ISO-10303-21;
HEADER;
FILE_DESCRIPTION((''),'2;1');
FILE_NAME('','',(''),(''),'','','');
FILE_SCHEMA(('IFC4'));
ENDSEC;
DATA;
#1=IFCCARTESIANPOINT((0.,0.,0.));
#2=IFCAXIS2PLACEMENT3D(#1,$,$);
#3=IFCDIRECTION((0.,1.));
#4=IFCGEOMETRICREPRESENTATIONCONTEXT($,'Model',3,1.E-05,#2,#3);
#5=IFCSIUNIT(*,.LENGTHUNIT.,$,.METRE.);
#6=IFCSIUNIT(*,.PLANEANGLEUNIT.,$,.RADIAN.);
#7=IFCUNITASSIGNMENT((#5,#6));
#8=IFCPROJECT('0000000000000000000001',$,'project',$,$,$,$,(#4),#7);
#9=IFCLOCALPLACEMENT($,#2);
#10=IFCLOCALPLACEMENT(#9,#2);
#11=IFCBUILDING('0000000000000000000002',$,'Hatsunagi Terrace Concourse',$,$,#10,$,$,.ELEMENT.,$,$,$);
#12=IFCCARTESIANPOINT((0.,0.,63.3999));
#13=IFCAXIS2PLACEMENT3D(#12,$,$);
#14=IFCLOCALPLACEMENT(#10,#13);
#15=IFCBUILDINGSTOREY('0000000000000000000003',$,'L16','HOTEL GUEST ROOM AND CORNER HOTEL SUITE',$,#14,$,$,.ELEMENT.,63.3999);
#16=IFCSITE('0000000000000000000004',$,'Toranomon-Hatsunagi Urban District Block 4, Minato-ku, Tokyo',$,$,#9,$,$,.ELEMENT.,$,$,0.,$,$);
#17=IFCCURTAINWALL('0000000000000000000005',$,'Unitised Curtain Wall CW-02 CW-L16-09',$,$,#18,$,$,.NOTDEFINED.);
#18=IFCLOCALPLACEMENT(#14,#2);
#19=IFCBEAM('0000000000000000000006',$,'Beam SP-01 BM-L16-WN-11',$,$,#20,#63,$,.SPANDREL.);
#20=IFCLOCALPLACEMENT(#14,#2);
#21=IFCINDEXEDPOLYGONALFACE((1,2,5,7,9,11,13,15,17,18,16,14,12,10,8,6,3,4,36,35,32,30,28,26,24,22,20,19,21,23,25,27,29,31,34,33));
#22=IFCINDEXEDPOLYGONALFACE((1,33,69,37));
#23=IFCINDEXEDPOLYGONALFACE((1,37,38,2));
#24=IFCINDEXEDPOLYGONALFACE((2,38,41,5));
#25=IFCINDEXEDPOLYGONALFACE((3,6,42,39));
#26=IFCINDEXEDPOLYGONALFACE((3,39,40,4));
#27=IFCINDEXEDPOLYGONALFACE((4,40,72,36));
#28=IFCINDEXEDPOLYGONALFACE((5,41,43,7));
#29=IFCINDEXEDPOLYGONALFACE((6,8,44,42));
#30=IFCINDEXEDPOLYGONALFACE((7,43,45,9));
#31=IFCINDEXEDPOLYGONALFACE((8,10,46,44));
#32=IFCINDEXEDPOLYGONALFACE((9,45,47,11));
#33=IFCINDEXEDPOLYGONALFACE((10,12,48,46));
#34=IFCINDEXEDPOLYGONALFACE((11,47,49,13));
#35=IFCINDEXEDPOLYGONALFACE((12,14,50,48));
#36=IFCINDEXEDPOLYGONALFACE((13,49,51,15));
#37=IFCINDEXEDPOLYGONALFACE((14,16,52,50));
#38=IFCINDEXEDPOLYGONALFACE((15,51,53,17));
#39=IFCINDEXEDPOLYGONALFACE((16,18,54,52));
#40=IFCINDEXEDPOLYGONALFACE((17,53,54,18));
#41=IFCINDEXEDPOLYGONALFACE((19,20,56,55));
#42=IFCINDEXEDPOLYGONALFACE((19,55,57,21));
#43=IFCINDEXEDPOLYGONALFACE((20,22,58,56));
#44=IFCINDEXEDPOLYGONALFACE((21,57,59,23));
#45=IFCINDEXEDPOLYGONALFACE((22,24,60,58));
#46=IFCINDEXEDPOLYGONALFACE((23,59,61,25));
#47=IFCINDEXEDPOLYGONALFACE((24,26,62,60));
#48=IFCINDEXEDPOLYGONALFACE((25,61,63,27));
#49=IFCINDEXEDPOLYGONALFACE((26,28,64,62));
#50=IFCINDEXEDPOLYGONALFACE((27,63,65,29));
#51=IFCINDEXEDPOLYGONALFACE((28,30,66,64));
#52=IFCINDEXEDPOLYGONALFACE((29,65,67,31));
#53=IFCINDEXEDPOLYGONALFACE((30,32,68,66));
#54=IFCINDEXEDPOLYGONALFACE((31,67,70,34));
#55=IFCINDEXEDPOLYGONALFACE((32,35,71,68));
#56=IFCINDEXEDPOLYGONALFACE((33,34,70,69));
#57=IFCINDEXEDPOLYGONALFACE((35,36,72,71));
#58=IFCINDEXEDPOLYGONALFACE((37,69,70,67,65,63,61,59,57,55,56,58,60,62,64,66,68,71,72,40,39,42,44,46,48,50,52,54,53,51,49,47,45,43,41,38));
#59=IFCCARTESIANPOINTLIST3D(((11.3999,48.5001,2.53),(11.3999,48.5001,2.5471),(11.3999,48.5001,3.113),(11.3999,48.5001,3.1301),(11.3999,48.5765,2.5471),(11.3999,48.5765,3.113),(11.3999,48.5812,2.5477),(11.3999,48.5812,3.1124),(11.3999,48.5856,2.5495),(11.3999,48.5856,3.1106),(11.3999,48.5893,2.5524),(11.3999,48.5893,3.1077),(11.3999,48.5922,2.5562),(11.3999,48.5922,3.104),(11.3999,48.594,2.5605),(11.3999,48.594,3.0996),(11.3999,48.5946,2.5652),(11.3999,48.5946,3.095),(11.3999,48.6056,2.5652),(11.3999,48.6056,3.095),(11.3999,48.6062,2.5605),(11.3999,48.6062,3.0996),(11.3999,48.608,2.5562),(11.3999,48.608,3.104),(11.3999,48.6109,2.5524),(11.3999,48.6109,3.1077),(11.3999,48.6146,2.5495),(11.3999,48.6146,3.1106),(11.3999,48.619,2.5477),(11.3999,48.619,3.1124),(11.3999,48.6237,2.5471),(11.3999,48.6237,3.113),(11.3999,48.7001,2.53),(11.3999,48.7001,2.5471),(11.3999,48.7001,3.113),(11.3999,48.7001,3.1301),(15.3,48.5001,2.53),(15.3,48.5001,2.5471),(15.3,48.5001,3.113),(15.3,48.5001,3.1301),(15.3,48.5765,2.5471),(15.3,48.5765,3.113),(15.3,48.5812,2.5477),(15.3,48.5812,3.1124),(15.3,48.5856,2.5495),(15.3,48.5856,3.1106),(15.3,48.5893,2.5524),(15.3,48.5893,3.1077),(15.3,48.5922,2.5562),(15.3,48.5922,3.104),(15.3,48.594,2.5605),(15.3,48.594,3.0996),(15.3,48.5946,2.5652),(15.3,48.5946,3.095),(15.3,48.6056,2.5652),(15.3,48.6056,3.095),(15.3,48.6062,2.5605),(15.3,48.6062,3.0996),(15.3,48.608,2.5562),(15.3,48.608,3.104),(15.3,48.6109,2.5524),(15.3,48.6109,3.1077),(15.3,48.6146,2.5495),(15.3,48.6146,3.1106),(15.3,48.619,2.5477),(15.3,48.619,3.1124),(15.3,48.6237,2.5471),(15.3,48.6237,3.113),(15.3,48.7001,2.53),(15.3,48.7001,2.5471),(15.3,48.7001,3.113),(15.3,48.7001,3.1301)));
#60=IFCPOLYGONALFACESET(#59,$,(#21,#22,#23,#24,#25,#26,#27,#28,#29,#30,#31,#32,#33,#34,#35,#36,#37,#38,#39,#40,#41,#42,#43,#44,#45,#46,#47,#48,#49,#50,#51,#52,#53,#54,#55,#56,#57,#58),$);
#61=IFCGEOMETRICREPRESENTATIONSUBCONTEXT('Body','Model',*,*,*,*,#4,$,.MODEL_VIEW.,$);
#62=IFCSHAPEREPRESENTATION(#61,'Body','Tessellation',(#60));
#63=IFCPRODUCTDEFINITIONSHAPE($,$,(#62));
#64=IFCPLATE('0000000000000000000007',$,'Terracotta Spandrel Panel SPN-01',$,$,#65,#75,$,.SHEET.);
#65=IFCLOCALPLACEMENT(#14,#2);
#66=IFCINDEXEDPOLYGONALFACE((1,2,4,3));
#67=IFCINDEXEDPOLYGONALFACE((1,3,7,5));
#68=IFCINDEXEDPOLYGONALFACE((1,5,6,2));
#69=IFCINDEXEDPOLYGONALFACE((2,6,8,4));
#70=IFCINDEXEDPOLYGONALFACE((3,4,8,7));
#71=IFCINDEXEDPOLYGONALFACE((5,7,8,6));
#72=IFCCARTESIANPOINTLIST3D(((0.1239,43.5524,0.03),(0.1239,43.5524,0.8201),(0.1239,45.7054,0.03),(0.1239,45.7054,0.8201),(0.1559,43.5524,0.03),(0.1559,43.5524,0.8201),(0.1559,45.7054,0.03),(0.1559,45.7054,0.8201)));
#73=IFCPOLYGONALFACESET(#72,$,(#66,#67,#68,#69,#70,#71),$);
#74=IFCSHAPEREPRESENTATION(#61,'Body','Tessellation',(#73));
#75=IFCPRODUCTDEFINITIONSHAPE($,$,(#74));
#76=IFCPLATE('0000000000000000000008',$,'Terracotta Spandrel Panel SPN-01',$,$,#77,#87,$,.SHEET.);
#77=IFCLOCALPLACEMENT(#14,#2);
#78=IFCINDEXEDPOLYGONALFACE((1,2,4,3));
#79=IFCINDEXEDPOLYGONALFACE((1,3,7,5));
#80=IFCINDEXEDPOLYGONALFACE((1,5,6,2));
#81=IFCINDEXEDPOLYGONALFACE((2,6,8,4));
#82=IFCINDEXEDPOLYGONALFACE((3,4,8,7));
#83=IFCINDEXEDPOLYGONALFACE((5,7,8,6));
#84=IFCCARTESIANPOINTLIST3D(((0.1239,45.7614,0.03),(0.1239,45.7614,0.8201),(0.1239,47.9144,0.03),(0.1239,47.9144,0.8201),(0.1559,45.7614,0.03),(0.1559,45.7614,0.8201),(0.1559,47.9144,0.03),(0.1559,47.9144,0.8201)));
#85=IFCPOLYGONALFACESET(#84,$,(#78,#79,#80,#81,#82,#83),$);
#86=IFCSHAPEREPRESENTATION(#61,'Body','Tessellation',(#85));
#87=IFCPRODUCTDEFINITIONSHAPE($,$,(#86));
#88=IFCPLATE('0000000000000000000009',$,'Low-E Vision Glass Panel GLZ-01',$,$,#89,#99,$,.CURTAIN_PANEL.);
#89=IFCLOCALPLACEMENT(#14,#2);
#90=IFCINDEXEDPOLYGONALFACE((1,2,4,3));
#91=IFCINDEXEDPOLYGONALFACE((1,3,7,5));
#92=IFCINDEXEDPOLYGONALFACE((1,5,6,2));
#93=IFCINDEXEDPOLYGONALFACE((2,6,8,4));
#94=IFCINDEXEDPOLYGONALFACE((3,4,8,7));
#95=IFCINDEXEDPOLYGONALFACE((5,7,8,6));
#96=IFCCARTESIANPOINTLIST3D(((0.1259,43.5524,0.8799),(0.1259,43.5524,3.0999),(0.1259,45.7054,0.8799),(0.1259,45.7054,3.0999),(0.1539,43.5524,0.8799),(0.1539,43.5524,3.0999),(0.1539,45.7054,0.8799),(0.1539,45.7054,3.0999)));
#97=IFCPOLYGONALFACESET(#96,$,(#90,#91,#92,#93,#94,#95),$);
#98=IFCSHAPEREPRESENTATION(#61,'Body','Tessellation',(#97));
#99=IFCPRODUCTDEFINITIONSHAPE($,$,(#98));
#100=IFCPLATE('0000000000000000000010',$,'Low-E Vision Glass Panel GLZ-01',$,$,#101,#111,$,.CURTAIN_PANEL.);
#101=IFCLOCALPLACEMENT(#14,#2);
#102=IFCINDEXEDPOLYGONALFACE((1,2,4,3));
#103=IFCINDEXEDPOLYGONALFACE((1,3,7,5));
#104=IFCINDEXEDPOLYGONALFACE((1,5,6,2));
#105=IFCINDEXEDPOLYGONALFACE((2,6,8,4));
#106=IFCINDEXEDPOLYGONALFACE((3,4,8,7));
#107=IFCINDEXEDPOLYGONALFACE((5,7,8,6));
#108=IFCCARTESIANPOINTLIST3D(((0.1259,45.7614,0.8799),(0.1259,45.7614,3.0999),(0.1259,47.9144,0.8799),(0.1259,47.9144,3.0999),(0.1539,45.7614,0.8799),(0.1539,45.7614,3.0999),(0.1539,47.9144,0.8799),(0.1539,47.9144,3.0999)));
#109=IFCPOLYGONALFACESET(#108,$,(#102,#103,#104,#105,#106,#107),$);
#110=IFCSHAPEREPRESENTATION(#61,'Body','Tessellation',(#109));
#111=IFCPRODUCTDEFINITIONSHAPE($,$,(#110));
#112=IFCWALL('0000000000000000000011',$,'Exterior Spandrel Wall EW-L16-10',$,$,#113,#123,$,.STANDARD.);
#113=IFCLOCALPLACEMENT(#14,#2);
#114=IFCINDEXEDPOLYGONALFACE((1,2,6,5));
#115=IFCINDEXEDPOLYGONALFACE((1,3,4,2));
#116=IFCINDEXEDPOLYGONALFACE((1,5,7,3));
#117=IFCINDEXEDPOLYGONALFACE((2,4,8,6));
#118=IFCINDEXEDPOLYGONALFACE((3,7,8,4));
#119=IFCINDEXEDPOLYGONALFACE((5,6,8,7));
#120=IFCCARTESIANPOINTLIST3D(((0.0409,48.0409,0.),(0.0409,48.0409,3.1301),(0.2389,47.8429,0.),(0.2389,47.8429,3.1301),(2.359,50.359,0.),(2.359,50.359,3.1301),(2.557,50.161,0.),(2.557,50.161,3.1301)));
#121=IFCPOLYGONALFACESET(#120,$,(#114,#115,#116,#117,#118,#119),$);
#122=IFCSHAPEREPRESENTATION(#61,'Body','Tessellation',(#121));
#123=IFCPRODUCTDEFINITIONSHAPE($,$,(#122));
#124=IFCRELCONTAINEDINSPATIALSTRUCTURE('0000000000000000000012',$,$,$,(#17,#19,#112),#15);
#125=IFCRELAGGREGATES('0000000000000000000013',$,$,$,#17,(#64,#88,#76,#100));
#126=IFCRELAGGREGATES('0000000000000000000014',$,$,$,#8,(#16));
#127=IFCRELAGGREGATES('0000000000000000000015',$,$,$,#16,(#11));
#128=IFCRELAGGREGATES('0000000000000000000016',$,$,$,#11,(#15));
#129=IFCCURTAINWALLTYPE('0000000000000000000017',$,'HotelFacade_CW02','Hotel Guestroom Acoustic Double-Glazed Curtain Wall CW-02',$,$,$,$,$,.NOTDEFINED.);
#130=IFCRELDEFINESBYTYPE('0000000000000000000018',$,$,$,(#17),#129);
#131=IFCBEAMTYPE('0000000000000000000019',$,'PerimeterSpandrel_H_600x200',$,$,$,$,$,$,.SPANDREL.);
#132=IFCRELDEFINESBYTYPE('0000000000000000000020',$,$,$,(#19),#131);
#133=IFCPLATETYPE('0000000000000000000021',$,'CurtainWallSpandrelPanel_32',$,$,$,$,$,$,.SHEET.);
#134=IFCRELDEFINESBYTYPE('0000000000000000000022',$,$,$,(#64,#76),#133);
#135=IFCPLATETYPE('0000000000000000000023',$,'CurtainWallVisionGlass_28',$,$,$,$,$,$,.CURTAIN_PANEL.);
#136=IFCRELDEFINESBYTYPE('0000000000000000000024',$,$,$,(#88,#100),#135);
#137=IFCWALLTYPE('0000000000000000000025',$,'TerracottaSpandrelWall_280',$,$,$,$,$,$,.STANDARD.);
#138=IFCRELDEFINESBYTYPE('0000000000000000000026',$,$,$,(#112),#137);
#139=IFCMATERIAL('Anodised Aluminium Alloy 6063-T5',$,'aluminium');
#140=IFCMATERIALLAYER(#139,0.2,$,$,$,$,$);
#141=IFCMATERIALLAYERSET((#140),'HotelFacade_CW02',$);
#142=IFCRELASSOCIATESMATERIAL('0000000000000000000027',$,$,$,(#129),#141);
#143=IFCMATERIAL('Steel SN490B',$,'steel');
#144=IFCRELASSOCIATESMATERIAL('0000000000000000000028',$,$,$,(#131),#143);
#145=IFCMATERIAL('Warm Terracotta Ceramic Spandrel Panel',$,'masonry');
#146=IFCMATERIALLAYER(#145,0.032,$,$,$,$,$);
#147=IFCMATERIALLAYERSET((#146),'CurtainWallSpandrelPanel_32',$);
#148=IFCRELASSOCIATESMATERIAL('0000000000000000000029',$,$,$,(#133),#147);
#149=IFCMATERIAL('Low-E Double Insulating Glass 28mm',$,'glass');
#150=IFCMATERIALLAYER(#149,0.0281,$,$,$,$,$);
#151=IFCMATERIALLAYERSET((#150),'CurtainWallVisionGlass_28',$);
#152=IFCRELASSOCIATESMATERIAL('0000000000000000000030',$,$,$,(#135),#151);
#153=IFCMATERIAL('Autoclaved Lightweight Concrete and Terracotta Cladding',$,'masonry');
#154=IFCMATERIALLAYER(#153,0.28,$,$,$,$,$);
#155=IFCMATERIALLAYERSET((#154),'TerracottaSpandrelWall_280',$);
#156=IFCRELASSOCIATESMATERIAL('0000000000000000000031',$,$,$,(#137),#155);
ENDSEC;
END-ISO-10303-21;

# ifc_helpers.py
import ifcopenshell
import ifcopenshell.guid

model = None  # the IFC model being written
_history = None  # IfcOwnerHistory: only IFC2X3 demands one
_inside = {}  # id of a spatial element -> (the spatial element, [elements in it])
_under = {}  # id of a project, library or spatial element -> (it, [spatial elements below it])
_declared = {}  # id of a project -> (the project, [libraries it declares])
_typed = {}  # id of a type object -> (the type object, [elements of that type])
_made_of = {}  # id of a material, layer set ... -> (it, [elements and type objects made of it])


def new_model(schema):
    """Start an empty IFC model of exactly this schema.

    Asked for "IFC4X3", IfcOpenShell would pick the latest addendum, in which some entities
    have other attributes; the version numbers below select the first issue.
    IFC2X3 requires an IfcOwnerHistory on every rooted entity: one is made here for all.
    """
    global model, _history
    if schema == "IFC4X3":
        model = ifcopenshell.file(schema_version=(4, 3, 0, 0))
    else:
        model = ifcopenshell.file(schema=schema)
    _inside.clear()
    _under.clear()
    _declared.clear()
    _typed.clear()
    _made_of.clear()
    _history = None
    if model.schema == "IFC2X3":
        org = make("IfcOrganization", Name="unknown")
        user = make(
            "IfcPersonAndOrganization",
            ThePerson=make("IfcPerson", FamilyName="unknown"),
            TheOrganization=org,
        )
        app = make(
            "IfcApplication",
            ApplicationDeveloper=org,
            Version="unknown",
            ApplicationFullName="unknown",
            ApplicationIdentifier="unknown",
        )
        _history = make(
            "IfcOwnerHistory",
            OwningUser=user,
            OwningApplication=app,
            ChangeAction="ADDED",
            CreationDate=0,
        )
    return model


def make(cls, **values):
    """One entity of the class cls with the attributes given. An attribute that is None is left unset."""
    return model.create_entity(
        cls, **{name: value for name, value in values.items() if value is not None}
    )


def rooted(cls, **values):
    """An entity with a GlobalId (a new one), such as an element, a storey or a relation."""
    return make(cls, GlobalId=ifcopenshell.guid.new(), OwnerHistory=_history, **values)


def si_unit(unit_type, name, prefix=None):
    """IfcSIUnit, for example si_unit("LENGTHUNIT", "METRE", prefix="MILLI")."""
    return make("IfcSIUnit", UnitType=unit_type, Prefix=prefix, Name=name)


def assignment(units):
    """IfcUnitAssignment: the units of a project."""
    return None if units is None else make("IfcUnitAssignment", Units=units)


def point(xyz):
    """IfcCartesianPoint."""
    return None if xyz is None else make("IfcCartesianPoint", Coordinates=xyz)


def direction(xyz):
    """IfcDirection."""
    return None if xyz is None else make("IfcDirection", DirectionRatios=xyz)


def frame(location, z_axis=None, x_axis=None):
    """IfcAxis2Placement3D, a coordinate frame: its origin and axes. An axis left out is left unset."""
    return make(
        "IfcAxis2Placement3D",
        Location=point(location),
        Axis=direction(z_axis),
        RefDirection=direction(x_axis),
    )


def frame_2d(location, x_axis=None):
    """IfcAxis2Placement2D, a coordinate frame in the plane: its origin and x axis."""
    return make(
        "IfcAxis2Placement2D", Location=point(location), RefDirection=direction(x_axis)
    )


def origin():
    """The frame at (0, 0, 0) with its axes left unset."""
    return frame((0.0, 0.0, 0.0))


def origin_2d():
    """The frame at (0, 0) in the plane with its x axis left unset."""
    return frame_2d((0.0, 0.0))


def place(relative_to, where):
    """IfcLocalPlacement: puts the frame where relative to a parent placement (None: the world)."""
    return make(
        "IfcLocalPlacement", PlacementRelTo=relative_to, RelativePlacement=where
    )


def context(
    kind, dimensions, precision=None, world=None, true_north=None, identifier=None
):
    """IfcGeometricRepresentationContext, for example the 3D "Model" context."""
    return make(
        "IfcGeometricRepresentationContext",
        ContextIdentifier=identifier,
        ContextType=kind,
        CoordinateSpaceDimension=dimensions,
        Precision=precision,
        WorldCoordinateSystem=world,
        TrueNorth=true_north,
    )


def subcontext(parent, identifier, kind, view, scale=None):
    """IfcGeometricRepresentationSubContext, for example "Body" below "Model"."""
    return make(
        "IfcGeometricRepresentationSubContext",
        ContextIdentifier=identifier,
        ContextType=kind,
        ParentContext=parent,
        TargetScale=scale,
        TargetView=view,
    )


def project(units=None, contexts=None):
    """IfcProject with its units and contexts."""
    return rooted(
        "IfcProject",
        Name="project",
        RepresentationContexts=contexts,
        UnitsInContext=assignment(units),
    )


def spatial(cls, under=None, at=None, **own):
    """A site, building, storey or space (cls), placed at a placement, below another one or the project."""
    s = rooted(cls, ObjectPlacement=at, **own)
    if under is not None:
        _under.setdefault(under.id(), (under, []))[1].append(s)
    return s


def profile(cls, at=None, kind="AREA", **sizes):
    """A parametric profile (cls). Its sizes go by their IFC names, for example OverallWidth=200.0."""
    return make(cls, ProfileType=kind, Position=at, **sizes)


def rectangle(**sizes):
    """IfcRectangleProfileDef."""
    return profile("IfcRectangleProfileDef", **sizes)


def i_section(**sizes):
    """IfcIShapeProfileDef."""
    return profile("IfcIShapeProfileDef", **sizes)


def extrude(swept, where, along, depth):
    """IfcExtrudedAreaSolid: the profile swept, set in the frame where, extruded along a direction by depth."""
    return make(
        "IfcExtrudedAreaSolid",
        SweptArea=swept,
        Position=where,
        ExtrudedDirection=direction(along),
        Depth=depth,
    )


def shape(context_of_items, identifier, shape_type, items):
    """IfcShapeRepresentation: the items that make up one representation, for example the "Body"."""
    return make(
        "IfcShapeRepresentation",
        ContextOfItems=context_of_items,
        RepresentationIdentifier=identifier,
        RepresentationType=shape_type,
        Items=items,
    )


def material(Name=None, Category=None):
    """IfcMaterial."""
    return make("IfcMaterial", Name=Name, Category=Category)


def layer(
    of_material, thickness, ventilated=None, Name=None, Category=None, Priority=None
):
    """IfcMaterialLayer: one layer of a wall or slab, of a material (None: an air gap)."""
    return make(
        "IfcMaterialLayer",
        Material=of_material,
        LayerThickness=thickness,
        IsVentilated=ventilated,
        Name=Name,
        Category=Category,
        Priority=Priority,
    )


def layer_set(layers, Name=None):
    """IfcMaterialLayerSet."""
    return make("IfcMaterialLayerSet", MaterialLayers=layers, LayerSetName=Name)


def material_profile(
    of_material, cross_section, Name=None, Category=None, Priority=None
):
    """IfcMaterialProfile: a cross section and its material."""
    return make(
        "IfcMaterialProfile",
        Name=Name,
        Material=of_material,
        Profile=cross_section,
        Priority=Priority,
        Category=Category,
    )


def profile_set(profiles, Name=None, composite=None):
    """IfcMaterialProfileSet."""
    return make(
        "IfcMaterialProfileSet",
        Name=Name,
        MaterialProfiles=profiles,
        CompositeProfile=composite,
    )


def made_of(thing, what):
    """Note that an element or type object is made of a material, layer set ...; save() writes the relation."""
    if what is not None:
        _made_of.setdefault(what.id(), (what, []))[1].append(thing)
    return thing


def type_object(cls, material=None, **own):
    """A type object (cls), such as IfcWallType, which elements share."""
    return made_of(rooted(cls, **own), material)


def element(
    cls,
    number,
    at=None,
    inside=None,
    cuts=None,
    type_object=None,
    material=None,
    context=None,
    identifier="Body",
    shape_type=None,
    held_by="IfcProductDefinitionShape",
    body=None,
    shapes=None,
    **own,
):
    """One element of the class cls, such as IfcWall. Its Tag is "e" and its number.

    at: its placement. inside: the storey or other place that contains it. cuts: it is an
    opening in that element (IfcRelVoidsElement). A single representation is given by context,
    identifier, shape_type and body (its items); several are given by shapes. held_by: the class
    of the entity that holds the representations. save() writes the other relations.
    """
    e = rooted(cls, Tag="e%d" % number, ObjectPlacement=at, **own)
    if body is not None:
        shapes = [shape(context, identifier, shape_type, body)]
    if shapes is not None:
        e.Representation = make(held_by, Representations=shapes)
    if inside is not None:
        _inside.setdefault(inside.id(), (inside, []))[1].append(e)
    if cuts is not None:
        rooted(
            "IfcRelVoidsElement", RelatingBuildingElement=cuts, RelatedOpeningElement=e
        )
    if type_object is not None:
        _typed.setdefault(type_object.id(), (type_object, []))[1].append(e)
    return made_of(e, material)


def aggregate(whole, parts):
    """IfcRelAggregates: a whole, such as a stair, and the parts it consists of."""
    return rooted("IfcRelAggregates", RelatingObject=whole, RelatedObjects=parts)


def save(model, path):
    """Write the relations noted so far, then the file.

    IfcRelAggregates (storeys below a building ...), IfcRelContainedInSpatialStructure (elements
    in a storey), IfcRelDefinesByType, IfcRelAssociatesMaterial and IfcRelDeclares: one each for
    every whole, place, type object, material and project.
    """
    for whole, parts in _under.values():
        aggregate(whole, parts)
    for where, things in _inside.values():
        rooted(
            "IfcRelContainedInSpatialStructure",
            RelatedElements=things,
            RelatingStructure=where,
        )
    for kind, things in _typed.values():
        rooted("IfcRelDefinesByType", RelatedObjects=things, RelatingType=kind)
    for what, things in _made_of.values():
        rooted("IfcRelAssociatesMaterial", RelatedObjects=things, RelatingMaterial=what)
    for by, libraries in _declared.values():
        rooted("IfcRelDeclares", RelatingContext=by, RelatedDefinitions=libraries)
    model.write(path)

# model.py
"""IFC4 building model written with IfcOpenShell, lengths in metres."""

from ifc_helpers import new_model, si_unit, direction, frame, frame_2d, origin, origin_2d, place, context, subcontext, project, spatial, rectangle, i_section, extrude, material, layer, layer_set, material_profile, profile_set, type_object, element, aggregate, save


model = new_model("IFC4")

# Units and contexts
model_context = context("Model", 3, precision=1e-05, world=origin(), true_north=direction((0.0, 1.0)))
body_context = subcontext(model_context, "Body", "Model", "MODEL_VIEW")
ifc_project = project(units=[si_unit("LENGTHUNIT", "METRE"), si_unit("PLANEANGLEUNIT", "RADIAN")], contexts=[model_context])

# Site, building, storey
site_placement = place(None, origin())
site = spatial("IfcSite", under=ifc_project, at=site_placement, Name="Toranomon-Hatsunagi Urban District Block 4, Minato-ku, Tokyo", CompositionType="ELEMENT", RefElevation=0.0)
building_placement = place(site_placement, origin())
building = spatial("IfcBuilding", under=site, at=building_placement, Name="Hatsunagi Terrace Concourse", CompositionType="ELEMENT")
storey_placement = place(building_placement, frame((0.0, 0.0, 63.3999)))
storey = spatial("IfcBuildingStorey", under=building, at=storey_placement, Name="L16", Description="HOTEL GUEST ROOM AND CORNER HOTEL SUITE", CompositionType="ELEMENT", Elevation=63.3999)

# Curtain wall
ifc_material_1 = material(Name="Anodised Aluminium Alloy 6063-T5", Category="aluminium")
ifc_layer_1 = layer(ifc_material_1, 0.2)
ifc_layer_set_1 = layer_set([ifc_layer_1], Name="HotelFacade_CW02")
curtain_wall_type = type_object("IfcCurtainWallType", Name="HotelFacade_CW02", Description="Hotel Guestroom Acoustic Double-Glazed Curtain Wall CW-02", PredefinedType="NOTDEFINED", material=ifc_layer_set_1)
curtain_wall_placement = place(storey_placement, origin())
curtain_wall = element("IfcCurtainWall", 1, at=curtain_wall_placement, inside=storey, type_object=curtain_wall_type, Name="Unitised Curtain Wall CW-02 CW-L16-09", PredefinedType="NOTDEFINED")

# Beam
ifc_material_2 = material(Name="Steel SN490B", Category="steel")
ifc_material_profile_1 = material_profile(ifc_material_2, i_section(OverallWidth=0.2, OverallDepth=0.6001, WebThickness=0.011, FlangeThickness=0.0171, FilletRadius=0.0181, at=origin_2d()), Name="H-600x200x11x17")
ifc_profile_set_1 = profile_set([ifc_material_profile_1], Name="Steel SN490B")
beam_type_1 = type_object("IfcBeamType", Name="PerimeterSpandrel_H_600x200", PredefinedType="SPANDREL", material=ifc_profile_set_1)
beam_1_placement = place(storey_placement, frame((11.3999, 48.6001, 2.8301), z_axis=(1.0, 0.0, 0.0), x_axis=(0.0, 1.0, 0.0)))
element("IfcBeam", 2, at=beam_1_placement, inside=storey, type_object=beam_type_1, Name="Beam SP-01 BM-L16-WN-11", PredefinedType="SPANDREL", context=body_context, shape_type="SweptSolid", body=[
    extrude(i_section(OverallWidth=0.2, OverallDepth=0.6001, WebThickness=0.011, FlangeThickness=0.0171, FilletRadius=0.0181, at=origin_2d()), origin(), (0.0, 0.0, 1.0), 3.9001),
])

# Plates
ifc_material_3 = material(Name="Warm Terracotta Ceramic Spandrel Panel", Category="masonry")
ifc_layer_2 = layer(ifc_material_3, 0.032)
ifc_layer_set_2 = layer_set([ifc_layer_2], Name="CurtainWallSpandrelPanel_32")
plate_type_1 = type_object("IfcPlateType", Name="CurtainWallSpandrelPanel_32", PredefinedType="SHEET", material=ifc_layer_set_2)
plate_1_placement = place(storey_placement, frame((0.1399, 44.6289, 0.03), z_axis=(0.0, 0.0, 1.0), x_axis=(0.0, 1.0, 0.0)))
plate_1 = element("IfcPlate", 3, at=plate_1_placement, type_object=plate_type_1, Name="Terracotta Spandrel Panel SPN-01", PredefinedType="SHEET", context=body_context, shape_type="SweptSolid", body=[
    extrude(rectangle(XDim=2.1531, YDim=0.032, at=origin_2d()), origin(), (0.0, 0.0, 1.0), 0.79),
])
plate_2_placement = place(storey_placement, frame((0.1399, 46.8379, 0.03), z_axis=(0.0, 0.0, 1.0), x_axis=(0.0, 1.0, 0.0)))
plate_2 = element("IfcPlate", 4, at=plate_2_placement, type_object=plate_type_1, Name="Terracotta Spandrel Panel SPN-01", PredefinedType="SHEET", context=body_context, shape_type="SweptSolid", body=[
    extrude(rectangle(XDim=2.1531, YDim=0.032, at=origin_2d()), origin(), (0.0, 0.0, 1.0), 0.79),
])
ifc_material_4 = material(Name="Low-E Double Insulating Glass 28mm", Category="glass")
ifc_layer_3 = layer(ifc_material_4, 0.0281)
ifc_layer_set_3 = layer_set([ifc_layer_3], Name="CurtainWallVisionGlass_28")
plate_type_2 = type_object("IfcPlateType", Name="CurtainWallVisionGlass_28", PredefinedType="CURTAIN_PANEL", material=ifc_layer_set_3)
plate_3_placement = place(storey_placement, frame((0.1399, 44.6289, 0.8799), z_axis=(0.0, 0.0, 1.0), x_axis=(0.0, 1.0, 0.0)))
plate_3 = element("IfcPlate", 5, at=plate_3_placement, type_object=plate_type_2, Name="Low-E Vision Glass Panel GLZ-01", PredefinedType="CURTAIN_PANEL", context=body_context, shape_type="SweptSolid", body=[
    extrude(rectangle(XDim=2.1531, YDim=0.0281, at=origin_2d()), origin(), (0.0, 0.0, 1.0), 2.22),
])
plate_4_placement = place(storey_placement, frame((0.1399, 46.8379, 0.8799), z_axis=(0.0, 0.0, 1.0), x_axis=(0.0, 1.0, 0.0)))
plate_4 = element("IfcPlate", 6, at=plate_4_placement, type_object=plate_type_2, Name="Low-E Vision Glass Panel GLZ-01", PredefinedType="CURTAIN_PANEL", context=body_context, shape_type="SweptSolid", body=[
    extrude(rectangle(XDim=2.1531, YDim=0.0281, at=origin_2d()), origin(), (0.0, 0.0, 1.0), 2.22),
])
aggregate(curtain_wall, [plate_1, plate_3, plate_2, plate_4])

# Wall
ifc_material_5 = material(Name="Autoclaved Lightweight Concrete and Terracotta Cladding", Category="masonry")
ifc_layer_4 = layer(ifc_material_5, 0.28)
ifc_layer_set_4 = layer_set([ifc_layer_4], Name="TerracottaSpandrelWall_280")
wall_type = type_object("IfcWallType", Name="TerracottaSpandrelWall_280", PredefinedType="STANDARD", material=ifc_layer_set_4)
wall_1_placement = place(storey_placement, frame((0.1399, 47.9419, 0.0), z_axis=(0.0, 0.0, 1.0), x_axis=(0.707107, 0.707107, 0.0)))
element("IfcWall", 7, at=wall_1_placement, inside=storey, type_object=wall_type, Name="Exterior Spandrel Wall EW-L16-10", PredefinedType="STANDARD", context=body_context, shape_type="SweptSolid", body=[
    extrude(rectangle(XDim=3.2783, YDim=0.28, at=frame_2d((1.6392, 0.0))), origin(), (0.0, 0.0, 1.0), 3.1301),
])

save(model, "model.ifc")
